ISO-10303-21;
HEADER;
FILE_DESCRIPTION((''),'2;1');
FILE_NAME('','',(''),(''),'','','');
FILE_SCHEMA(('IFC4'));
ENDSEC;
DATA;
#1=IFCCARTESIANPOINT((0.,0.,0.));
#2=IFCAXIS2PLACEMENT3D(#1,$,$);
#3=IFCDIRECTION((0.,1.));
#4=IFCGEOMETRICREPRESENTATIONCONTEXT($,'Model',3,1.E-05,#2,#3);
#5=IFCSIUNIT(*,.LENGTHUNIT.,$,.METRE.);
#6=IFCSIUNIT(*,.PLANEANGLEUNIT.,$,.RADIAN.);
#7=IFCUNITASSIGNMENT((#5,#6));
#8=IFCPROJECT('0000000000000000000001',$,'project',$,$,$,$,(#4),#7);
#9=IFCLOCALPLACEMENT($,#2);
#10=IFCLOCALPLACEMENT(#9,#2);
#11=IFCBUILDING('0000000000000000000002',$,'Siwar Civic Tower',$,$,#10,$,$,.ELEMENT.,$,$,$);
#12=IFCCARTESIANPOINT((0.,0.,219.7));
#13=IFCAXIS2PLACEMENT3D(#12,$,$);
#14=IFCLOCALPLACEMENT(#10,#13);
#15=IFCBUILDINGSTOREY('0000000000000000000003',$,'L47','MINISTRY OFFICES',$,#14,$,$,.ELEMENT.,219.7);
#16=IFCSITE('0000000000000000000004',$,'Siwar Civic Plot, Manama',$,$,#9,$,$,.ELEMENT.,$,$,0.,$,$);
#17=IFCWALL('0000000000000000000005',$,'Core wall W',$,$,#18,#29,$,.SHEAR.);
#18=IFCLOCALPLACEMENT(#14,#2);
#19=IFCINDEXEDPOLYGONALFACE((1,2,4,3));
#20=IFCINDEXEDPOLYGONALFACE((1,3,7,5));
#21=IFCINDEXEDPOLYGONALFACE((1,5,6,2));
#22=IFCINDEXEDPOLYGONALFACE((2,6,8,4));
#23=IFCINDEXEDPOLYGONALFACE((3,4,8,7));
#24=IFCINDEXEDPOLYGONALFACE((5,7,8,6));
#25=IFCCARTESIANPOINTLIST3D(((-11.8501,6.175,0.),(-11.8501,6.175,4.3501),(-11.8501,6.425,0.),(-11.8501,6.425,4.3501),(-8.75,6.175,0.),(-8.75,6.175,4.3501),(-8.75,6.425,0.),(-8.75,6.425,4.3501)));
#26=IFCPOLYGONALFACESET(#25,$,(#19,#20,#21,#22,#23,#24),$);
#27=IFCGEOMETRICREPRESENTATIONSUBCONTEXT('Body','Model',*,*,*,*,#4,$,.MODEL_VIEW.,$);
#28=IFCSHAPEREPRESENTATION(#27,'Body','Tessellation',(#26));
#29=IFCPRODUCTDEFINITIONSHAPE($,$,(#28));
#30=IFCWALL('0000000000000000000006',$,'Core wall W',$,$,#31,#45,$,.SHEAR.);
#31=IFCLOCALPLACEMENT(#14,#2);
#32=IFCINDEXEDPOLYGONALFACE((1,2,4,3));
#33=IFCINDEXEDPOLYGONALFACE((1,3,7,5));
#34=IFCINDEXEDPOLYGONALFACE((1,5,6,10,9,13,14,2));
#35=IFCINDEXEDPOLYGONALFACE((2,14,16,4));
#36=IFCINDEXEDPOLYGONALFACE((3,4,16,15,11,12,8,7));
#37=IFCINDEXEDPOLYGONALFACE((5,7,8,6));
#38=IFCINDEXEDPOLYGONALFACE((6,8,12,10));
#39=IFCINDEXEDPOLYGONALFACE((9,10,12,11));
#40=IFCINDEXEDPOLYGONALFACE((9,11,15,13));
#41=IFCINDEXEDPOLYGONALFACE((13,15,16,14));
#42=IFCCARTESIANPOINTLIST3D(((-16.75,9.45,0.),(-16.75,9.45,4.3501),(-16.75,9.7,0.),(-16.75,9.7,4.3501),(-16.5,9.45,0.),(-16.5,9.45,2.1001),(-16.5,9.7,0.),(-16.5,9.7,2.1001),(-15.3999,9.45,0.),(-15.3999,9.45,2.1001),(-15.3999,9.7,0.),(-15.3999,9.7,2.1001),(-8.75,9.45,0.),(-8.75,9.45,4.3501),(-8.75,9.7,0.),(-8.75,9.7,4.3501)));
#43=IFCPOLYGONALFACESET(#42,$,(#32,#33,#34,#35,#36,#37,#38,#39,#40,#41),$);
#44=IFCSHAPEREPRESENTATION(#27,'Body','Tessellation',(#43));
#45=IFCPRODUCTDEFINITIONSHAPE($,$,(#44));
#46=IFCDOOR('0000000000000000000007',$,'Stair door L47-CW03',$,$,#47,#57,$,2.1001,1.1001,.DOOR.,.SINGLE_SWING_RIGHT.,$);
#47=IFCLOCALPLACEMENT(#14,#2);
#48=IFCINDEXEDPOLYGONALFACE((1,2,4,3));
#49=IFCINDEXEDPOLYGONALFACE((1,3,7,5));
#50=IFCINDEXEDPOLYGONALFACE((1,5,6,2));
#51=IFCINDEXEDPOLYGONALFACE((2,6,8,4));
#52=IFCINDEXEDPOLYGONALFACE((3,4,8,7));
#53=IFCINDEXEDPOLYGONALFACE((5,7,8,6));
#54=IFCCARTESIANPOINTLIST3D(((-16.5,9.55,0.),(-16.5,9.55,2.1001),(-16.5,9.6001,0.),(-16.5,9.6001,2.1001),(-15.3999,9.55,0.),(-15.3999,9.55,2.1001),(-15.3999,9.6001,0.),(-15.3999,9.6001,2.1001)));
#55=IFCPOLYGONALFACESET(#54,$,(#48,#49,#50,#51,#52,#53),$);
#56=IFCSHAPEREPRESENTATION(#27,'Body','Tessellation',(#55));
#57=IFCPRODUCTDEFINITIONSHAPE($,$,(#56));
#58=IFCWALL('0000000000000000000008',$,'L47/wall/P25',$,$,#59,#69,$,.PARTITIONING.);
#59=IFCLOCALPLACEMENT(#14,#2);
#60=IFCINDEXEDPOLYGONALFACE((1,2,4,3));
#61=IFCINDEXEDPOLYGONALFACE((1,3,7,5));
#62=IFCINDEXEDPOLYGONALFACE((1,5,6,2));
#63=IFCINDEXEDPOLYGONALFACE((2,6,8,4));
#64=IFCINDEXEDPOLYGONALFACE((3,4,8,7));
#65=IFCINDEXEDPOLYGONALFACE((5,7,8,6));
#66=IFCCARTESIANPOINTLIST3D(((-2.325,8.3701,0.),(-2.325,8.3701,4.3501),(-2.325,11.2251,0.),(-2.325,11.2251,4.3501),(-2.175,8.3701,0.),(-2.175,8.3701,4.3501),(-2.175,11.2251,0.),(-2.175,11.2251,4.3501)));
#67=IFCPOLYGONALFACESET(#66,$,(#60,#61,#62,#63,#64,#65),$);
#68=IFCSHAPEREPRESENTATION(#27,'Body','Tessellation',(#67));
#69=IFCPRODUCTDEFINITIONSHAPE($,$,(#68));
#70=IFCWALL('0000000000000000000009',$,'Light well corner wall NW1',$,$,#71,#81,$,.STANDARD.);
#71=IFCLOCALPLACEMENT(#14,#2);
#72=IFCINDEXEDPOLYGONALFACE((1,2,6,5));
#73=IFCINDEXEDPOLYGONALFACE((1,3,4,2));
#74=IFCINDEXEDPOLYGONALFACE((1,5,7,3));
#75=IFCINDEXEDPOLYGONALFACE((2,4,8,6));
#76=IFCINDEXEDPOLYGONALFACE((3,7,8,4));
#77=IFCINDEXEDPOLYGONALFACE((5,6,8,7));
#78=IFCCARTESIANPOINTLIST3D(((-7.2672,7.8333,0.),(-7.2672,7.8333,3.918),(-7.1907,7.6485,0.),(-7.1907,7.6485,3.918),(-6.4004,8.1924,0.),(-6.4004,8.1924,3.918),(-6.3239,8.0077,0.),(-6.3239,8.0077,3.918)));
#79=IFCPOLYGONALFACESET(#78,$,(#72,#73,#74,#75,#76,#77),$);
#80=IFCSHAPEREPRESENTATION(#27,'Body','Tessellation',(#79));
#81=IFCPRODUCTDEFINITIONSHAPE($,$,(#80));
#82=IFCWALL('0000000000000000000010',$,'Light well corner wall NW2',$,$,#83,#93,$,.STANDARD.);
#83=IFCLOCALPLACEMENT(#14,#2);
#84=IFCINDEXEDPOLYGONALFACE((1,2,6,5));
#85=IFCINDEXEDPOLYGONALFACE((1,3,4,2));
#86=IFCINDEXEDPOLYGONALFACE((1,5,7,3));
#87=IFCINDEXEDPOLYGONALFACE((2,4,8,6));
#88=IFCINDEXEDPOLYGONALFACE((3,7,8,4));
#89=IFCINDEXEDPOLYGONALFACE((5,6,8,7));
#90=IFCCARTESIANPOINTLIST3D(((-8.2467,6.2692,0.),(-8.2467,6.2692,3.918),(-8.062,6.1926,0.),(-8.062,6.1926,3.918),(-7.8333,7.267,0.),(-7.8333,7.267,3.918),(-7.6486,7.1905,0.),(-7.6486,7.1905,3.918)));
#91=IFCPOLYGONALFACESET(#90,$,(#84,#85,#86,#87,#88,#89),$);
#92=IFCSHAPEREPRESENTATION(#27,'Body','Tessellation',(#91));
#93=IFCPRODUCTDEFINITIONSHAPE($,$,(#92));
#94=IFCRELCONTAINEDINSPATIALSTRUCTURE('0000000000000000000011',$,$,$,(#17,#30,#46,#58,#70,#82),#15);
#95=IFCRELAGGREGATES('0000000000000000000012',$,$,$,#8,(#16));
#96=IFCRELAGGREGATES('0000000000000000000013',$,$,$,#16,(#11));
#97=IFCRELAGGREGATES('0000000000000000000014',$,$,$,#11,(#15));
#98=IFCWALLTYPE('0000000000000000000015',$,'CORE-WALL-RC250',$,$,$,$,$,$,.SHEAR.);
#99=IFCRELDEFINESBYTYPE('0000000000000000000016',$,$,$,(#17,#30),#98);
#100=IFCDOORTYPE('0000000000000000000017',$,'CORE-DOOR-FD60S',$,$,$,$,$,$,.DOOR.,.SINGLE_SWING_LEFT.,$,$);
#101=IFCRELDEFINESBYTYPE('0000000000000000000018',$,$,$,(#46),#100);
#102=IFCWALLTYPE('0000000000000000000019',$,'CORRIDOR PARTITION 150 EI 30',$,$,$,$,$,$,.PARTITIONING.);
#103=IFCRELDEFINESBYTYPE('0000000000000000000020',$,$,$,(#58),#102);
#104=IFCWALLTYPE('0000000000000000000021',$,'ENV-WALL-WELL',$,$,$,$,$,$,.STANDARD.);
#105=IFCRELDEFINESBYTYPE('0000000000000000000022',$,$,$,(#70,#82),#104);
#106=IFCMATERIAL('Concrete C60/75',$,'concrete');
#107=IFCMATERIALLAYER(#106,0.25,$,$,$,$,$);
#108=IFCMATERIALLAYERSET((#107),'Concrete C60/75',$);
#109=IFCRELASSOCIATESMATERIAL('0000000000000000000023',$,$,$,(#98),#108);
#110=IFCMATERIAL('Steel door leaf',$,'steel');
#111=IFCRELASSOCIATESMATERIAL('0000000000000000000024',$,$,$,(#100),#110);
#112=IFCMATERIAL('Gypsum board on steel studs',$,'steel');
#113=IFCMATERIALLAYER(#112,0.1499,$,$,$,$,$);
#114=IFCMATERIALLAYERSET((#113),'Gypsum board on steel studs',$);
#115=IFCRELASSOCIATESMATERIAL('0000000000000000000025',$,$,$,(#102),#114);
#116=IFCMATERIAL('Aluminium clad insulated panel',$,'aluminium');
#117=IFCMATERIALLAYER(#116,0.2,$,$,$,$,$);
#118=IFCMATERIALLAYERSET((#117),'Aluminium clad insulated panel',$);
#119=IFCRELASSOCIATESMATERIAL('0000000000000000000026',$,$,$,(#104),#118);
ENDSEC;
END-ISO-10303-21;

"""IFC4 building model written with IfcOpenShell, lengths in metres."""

from ifc_helpers import new_model, si_unit, direction, frame, frame_2d, origin, place, context, subcontext, project, spatial, rectangle, extrude, material, layer, layer_set, type_object, element, fill, save


model = new_model("IFC4")

# Units and contexts
model_context = context("Model", 3, precision=1e-05, world=origin(), true_north=direction((0.0, 1.0)))
body_context = subcontext(model_context, "Body", "Model", "MODEL_VIEW")
ifc_project = project(units=[si_unit("LENGTHUNIT", "METRE"), si_unit("PLANEANGLEUNIT", "RADIAN")], contexts=[model_context])

# Site, building, storey
site_placement = place(None, origin())
site = spatial("IfcSite", under=ifc_project, at=site_placement, Name="Siwar Civic Plot, Manama", CompositionType="ELEMENT", RefElevation=0.0)
building_placement = place(site_placement, origin())
building = spatial("IfcBuilding", under=site, at=building_placement, Name="Siwar Civic Tower", CompositionType="ELEMENT")
storey_placement = place(building_placement, frame((0.0, 0.0, 219.7)))
storey = spatial("IfcBuildingStorey", under=building, at=storey_placement, Name="L47", Description="MINISTRY OFFICES", CompositionType="ELEMENT", Elevation=219.7)

# Shared definitions
ifc_material_1 = material(Name="Concrete C60/75", Category="concrete")
ifc_layer_1 = layer(ifc_material_1, 0.25)
ifc_layer_set_1 = layer_set([ifc_layer_1], Name="Concrete C60/75")
wall_type_1 = type_object("IfcWallType", Name="CORE-WALL-RC250", PredefinedType="SHEAR", material=ifc_layer_set_1)

# Wall
for number, where, z_axis, x_axis, name in (
    (1, (-8.75, 6.3, 0.0), (0.0, 0.0, 1.0), (-1.0, 0.0, 0.0), "Core wall W"),
):
    element("IfcWall", number, at=place(storey_placement, frame(where, z_axis=z_axis, x_axis=x_axis)), inside=storey, type_object=wall_type_1, Name=name, PredefinedType="SHEAR", context=body_context, shape_type="SweptSolid", body=[
        extrude(rectangle(XDim=3.1001, YDim=0.25, at=frame_2d((1.55, 0.0))), origin(), (0.0, 0.0, 1.0), 4.3501),
    ])

# Wall, opening, door
wall_1_placement = place(storey_placement, frame((-8.75, 9.575, 0.0), z_axis=(0.0, 0.0, 1.0), x_axis=(-1.0, 0.0, 0.0)))
wall_1 = element("IfcWall", 2, at=wall_1_placement, inside=storey, type_object=wall_type_1, Name="Core wall W", PredefinedType="SHEAR", context=body_context, shape_type="SweptSolid", body=[
    extrude(rectangle(XDim=8.0, YDim=0.25, at=frame_2d((4.0, 0.0))), origin(), (0.0, 0.0, 1.0), 4.3501),
])
opening_1_placement = place(wall_1_placement, frame((6.6499, 0.0, 0.0)))
opening_1 = element("IfcOpeningElement", 3, at=opening_1_placement, cuts=wall_1, PredefinedType="OPENING", context=body_context, shape_type="SweptSolid", body=[
    extrude(rectangle(XDim=1.1001, YDim=2.1001, at=frame_2d((0.55, 1.05))), frame((0.0, 0.135, 0.0), z_axis=(0.0, -1.0, 0.0), x_axis=(1.0, 0.0, 0.0)), (0.0, 0.0, 1.0), 0.27),
])
ifc_material_2 = material(Name="Steel door leaf", Category="steel")
door_type_1 = type_object("IfcDoorType", Name="CORE-DOOR-FD60S", OperationType="SINGLE_SWING_LEFT", PredefinedType="DOOR", material=ifc_material_2)
door_1_placement = place(opening_1_placement, origin())
door_1 = element("IfcDoor", 4, at=door_1_placement, inside=storey, type_object=door_type_1, Name="Stair door L47-CW03", OperationType="SINGLE_SWING_RIGHT", OverallHeight=2.1001, OverallWidth=1.1001, PredefinedType="DOOR", context=body_context, shape_type="SweptSolid", body=[
    extrude(rectangle(XDim=1.1001, YDim=2.1001, at=frame_2d((0.55, 1.05))), frame((0.0, 0.0249, 0.0), z_axis=(0.0, -1.0, 0.0), x_axis=(1.0, 0.0, 0.0)), (0.0, 0.0, 1.0), 0.05),
])
fill(opening_1, door_1)

# Walls
ifc_material_3 = material(Name="Gypsum board on steel studs", Category="steel")
ifc_layer_2 = layer(ifc_material_3, 0.1499)
ifc_layer_set_2 = layer_set([ifc_layer_2], Name="Gypsum board on steel studs")
wall_type_2 = type_object("IfcWallType", Name="CORRIDOR PARTITION 150 EI 30", PredefinedType="PARTITIONING", material=ifc_layer_set_2)
wall_2_placement = place(storey_placement, frame((-2.25, 8.3701, 0.0), z_axis=(0.0, 0.0, 1.0), x_axis=(0.0, 1.0, 0.0)))
element("IfcWall", 5, at=wall_2_placement, inside=storey, type_object=wall_type_2, Name="L47/wall/P25", PredefinedType="PARTITIONING", context=body_context, shape_type="SweptSolid", body=[
    extrude(rectangle(XDim=2.855, YDim=0.1499, at=frame_2d((1.4275, 0.0))), origin(), (0.0, 0.0, 1.0), 4.3501),
])
ifc_material_4 = material(Name="Aluminium clad insulated panel", Category="aluminium")
ifc_layer_3 = layer(ifc_material_4, 0.2)
ifc_layer_set_3 = layer_set([ifc_layer_3], Name="Aluminium clad insulated panel")
wall_type_3 = type_object("IfcWallType", Name="ENV-WALL-WELL", PredefinedType="STANDARD", material=ifc_layer_set_3)
wall_3_placement = place(storey_placement, frame((-6.3621, 8.1001, 0.0), z_axis=(0.0, 0.0, 1.0), x_axis=(-0.92383, -0.382804, 0.0)))
element("IfcWall", 6, at=wall_3_placement, inside=storey, type_object=wall_type_3, Name="Light well corner wall NW1", PredefinedType="STANDARD", context=body_context, shape_type="SweptSolid", body=[
    extrude(rectangle(XDim=0.9382, YDim=0.2, at=frame_2d((0.4692, 0.0))), origin(), (0.0, 0.0, 1.0), 3.918),
])
wall_4_placement = place(storey_placement, frame((-7.741, 7.2288, 0.0), z_axis=(0.0, 0.0, 1.0), x_axis=(-0.382704, -0.923871, 0.0)))
element("IfcWall", 7, at=wall_4_placement, inside=storey, type_object=wall_type_3, Name="Light well corner wall NW2", PredefinedType="STANDARD", context=body_context, shape_type="SweptSolid", body=[
    extrude(rectangle(XDim=1.0801, YDim=0.2, at=frame_2d((0.54, 0.0))), origin(), (0.0, 0.0, 1.0), 3.918),
])

save(model, "model.ifc")
